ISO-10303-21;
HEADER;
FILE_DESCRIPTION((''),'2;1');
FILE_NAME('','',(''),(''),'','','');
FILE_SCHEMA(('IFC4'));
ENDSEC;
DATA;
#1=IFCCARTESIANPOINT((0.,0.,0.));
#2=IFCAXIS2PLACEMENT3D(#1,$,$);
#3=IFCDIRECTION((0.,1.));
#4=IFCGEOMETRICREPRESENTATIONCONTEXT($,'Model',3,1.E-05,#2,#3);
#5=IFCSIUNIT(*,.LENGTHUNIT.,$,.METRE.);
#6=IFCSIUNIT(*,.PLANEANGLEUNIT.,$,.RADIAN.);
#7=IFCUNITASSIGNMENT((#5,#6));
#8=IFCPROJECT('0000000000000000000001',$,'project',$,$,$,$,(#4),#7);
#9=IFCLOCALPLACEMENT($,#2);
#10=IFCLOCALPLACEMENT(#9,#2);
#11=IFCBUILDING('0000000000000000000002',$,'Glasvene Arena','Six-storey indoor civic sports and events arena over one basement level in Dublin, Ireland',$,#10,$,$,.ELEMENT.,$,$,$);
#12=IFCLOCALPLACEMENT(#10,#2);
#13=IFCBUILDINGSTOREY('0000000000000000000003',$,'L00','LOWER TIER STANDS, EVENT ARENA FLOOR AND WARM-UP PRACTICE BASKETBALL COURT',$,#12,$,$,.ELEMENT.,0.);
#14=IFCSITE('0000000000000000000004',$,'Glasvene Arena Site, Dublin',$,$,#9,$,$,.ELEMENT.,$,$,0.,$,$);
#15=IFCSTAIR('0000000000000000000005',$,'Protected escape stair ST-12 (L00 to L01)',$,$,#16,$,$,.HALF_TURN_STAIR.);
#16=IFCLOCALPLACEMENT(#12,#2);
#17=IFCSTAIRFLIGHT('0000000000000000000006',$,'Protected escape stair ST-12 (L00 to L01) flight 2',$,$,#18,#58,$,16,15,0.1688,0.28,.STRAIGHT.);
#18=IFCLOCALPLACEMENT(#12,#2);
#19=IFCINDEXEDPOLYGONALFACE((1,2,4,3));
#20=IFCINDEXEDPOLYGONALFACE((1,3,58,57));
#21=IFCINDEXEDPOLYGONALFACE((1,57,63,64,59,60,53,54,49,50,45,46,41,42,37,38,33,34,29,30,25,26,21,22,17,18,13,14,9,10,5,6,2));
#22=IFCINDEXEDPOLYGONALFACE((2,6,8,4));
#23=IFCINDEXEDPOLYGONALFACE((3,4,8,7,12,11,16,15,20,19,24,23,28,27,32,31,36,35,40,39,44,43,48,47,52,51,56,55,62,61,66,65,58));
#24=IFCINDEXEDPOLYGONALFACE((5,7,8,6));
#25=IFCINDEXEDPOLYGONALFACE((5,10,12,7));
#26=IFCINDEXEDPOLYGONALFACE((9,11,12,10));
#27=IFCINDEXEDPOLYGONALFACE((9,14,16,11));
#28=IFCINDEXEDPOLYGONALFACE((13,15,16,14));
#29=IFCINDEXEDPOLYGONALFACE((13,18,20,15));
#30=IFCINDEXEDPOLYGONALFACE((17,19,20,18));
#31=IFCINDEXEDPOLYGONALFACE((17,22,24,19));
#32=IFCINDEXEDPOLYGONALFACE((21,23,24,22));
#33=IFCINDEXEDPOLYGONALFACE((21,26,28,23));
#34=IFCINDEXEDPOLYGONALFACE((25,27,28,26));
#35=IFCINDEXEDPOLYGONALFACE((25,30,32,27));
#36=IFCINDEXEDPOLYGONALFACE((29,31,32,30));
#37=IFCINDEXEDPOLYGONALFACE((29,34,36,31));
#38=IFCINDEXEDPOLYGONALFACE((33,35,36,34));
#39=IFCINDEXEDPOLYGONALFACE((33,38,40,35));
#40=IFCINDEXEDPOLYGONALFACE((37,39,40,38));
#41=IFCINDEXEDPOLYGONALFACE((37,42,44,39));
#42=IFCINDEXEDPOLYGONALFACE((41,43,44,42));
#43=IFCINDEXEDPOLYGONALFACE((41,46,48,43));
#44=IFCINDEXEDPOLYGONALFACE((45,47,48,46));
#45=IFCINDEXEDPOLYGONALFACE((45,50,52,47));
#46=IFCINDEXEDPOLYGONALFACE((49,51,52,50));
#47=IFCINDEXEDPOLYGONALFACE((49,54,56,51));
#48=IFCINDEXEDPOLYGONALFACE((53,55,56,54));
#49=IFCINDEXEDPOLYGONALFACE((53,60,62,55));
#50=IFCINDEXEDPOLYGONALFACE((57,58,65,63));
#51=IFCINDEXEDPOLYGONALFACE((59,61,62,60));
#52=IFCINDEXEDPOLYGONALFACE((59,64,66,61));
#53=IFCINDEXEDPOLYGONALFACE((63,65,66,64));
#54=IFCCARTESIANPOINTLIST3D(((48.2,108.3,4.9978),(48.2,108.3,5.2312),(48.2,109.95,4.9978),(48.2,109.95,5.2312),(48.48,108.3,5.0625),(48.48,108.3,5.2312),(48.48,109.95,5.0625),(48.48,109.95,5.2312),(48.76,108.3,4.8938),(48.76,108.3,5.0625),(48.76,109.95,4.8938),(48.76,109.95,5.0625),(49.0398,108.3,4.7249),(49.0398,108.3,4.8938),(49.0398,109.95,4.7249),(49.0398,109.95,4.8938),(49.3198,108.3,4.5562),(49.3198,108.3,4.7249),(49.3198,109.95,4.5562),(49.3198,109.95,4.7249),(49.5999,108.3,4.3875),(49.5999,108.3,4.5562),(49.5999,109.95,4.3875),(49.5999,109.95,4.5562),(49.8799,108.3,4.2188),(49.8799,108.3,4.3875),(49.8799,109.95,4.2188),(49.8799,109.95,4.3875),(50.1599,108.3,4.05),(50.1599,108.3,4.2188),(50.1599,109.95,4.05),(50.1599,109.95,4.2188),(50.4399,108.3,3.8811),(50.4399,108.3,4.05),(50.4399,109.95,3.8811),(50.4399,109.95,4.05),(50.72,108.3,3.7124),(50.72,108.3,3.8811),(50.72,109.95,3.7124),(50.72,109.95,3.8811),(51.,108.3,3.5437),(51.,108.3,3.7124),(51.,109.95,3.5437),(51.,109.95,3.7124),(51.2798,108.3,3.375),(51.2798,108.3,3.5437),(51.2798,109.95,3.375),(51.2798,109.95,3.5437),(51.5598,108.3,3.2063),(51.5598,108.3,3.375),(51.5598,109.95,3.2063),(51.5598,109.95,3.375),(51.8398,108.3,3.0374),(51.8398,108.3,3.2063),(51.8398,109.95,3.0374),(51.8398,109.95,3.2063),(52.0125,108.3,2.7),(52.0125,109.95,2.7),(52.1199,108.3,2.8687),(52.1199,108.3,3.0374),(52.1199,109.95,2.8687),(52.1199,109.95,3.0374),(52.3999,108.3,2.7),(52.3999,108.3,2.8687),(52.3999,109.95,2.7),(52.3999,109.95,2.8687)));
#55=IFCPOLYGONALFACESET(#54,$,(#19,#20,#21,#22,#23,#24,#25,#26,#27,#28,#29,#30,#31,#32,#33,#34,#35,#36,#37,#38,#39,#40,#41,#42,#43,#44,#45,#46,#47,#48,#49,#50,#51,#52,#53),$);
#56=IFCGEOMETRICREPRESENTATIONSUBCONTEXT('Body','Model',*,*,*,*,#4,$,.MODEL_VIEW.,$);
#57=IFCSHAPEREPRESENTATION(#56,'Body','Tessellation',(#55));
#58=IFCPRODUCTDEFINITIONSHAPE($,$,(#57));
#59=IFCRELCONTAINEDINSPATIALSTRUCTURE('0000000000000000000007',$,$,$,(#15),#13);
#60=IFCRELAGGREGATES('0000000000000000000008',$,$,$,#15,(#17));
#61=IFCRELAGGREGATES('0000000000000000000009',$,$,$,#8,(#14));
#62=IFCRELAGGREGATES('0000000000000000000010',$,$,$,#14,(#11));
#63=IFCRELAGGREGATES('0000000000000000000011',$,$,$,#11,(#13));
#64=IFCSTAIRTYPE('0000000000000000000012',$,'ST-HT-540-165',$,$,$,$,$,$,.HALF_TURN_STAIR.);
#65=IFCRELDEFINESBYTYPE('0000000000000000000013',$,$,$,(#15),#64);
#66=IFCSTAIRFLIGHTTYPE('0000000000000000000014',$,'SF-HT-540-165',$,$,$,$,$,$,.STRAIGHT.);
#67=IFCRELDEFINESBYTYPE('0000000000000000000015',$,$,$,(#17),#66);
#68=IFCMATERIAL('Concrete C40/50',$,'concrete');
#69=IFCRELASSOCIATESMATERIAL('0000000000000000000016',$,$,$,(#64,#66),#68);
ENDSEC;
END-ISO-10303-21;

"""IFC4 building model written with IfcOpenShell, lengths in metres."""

from ifc_helpers import new_model, si_unit, direction, frame, origin, place, context, subcontext, project, spatial, polyline, outline, extrude, material, type_object, element, aggregate, save


model = new_model("IFC4")

# Units and contexts
model_context = context("Model", 3, precision=1e-05, world=origin(), true_north=direction((0.0, 1.0)))
body_context = subcontext(model_context, "Body", "Model", "MODEL_VIEW")
ifc_project = project(units=[si_unit("LENGTHUNIT", "METRE"), si_unit("PLANEANGLEUNIT", "RADIAN")], contexts=[model_context])

# Site, building, storey
site_placement = place(None, origin())
site = spatial("IfcSite", under=ifc_project, at=site_placement, Name="Glasvene Arena Site, Dublin", CompositionType="ELEMENT", RefElevation=0.0)
building_placement = place(site_placement, origin())
building = spatial("IfcBuilding", under=site, at=building_placement, Name="Glasvene Arena", Description="Six-storey indoor civic sports and events arena over one basement level in Dublin, Ireland", CompositionType="ELEMENT")
storey_placement = place(building_placement, origin())
storey = spatial("IfcBuildingStorey", under=building, at=storey_placement, Name="L00", Description="LOWER TIER STANDS, EVENT ARENA FLOOR AND WARM-UP PRACTICE BASKETBALL COURT", CompositionType="ELEMENT", Elevation=0.0)

# Shared definitions
ifc_material_1 = material(Name="Concrete C40/50", Category="concrete")

# Stair
stair_type = type_object("IfcStairType", Name="ST-HT-540-165", PredefinedType="HALF_TURN_STAIR", material=ifc_material_1)
stair_placement = place(storey_placement, origin())
stair = element("IfcStair", 1, at=stair_placement, inside=storey, type_object=stair_type, Name="Protected escape stair ST-12 (L00 to L01)", PredefinedType="HALF_TURN_STAIR")

# Stair flight
stair_flight_type = type_object("IfcStairFlightType", Name="SF-HT-540-165", PredefinedType="STRAIGHT", material=ifc_material_1)
stair_flight_1_placement = place(storey_placement, frame((52.3999, 109.125, 2.7), z_axis=(0.0, 0.0, 1.0), x_axis=(-1.0, 0.0, 0.0)))
stair_flight_1 = element("IfcStairFlight", 2, at=stair_flight_1_placement, type_object=stair_flight_type, Name="Protected escape stair ST-12 (L00 to L01) flight 2", NumberOfRisers=16, NumberOfTreads=15, PredefinedType="STRAIGHT", RiserHeight=0.1688, TreadLength=0.28, context=body_context, shape_type="SweptSolid", body=[
    extrude(outline(polyline([(0.0, 0.0), (0.0, 0.1687), (0.28, 0.1687), (0.28, 0.3374), (0.5601, 0.3374), (0.5601, 0.5063), (0.8401, 0.5063), (0.8401, 0.675), (1.1201, 0.675), (1.1201, 0.8438), (1.3999, 0.8438), (1.3999, 1.0125), (1.6799, 1.0125), (1.6799, 1.1812), (1.96, 1.1812), (1.96, 1.3501), (2.24, 1.3501), (2.24, 1.5188), (2.52, 1.5188), (2.52, 1.6875), (2.8, 1.6875), (2.8, 1.8562), (3.0801, 1.8562), (3.0801, 2.0249), (3.3601, 2.0249), (3.3601, 2.1938), (3.6399, 2.1938), (3.6399, 2.3625), (3.9199, 2.3625), (3.9199, 2.5312), (4.2, 2.5312), (4.2, 2.7), (4.2, 2.2979), (0.3875, 0.0), (0.0, 0.0)])), frame((0.0, 0.825, 0.0), z_axis=(0.0, -1.0, 0.0), x_axis=(1.0, 0.0, 0.0)), (0.0, 0.0, 1.0), 1.6499),
])
aggregate(stair, [stair_flight_1])

save(model, "model.ifc")
